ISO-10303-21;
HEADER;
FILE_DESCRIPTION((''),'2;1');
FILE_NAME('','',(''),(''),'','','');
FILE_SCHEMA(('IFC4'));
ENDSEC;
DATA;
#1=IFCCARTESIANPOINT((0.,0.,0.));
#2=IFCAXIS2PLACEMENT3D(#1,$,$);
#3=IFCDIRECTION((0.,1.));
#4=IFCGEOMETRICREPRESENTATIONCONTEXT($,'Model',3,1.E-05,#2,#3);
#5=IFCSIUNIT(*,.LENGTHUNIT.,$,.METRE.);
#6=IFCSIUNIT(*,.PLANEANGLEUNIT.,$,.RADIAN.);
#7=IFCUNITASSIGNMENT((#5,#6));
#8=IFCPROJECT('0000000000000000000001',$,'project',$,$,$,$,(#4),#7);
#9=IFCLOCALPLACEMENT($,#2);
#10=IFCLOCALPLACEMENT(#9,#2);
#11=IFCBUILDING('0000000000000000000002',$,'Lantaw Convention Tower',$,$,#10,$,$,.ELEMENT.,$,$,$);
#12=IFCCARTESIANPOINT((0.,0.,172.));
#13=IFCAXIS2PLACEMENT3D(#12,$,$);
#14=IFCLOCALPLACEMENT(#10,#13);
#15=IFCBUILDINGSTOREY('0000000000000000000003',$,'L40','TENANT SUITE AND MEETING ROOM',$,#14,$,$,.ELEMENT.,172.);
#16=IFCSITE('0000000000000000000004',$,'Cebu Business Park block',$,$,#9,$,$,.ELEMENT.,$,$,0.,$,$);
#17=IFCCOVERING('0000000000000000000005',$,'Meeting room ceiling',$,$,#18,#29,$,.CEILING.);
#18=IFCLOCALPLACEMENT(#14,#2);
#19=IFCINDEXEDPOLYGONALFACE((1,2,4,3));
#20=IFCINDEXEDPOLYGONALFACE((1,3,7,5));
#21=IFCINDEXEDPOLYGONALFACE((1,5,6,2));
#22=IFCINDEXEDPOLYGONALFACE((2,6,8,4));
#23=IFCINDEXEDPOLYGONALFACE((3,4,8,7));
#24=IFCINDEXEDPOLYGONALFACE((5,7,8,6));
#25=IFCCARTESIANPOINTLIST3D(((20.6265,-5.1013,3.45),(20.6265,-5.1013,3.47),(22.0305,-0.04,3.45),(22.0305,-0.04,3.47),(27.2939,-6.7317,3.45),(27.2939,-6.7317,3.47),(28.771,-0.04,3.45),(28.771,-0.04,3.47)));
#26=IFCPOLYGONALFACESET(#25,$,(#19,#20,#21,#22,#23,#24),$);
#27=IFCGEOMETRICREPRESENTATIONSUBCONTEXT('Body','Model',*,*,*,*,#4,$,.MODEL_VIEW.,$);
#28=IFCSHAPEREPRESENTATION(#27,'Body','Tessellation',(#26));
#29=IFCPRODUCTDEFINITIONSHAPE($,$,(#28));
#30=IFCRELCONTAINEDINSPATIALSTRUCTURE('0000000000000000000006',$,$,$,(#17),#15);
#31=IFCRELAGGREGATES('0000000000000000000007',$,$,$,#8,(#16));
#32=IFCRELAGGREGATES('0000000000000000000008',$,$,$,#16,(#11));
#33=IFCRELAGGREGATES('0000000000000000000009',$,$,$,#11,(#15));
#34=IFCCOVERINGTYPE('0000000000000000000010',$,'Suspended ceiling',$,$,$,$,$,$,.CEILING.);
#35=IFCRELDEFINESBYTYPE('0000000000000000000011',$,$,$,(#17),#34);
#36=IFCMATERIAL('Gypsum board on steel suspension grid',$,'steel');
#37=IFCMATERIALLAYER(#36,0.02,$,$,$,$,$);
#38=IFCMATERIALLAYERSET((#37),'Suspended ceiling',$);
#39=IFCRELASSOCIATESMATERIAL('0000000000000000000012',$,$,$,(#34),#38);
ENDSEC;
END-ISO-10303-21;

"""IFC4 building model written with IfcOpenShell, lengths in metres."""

from ifc_helpers import new_model, si_unit, direction, frame, origin, place, context, subcontext, project, spatial, polyline, outline, extrude, material, layer, layer_set, type_object, element, save


model = new_model("IFC4")

# Units and contexts
model_context = context("Model", 3, precision=1e-05, world=origin(), true_north=direction((0.0, 1.0)))
body_context = subcontext(model_context, "Body", "Model", "MODEL_VIEW")
ifc_project = project(units=[si_unit("LENGTHUNIT", "METRE"), si_unit("PLANEANGLEUNIT", "RADIAN")], contexts=[model_context])

# Site, building, storey
site_placement = place(None, origin())
site = spatial("IfcSite", under=ifc_project, at=site_placement, Name="Cebu Business Park block", CompositionType="ELEMENT", RefElevation=0.0)
building_placement = place(site_placement, origin())
building = spatial("IfcBuilding", under=site, at=building_placement, Name="Lantaw Convention Tower", CompositionType="ELEMENT")
storey_placement = place(building_placement, frame((0.0, 0.0, 172.0)))
storey = spatial("IfcBuildingStorey", under=building, at=storey_placement, Name="L40", Description="TENANT SUITE AND MEETING ROOM", CompositionType="ELEMENT", Elevation=172.0)

# Covering
ifc_material_1 = material(Name="Gypsum board on steel suspension grid", Category="steel")
ifc_layer_1 = layer(ifc_material_1, 0.02)
ifc_layer_set_1 = layer_set([ifc_layer_1], Name="Suspended ceiling")
covering_type = type_object("IfcCoveringType", Name="Suspended ceiling", PredefinedType="CEILING", material=ifc_layer_set_1)
covering_1_placement = place(storey_placement, frame((0.0, 0.0, 3.45)))
element("IfcCovering", 1, at=covering_1_placement, inside=storey, type_object=covering_type, Name="Meeting room ceiling", PredefinedType="CEILING", context=body_context, shape_type="SweptSolid", body=[
    extrude(outline(polyline([(20.6265, -5.1013), (27.2939, -6.7317), (28.771, -0.04), (22.0305, -0.04), (20.6265, -5.1013)])), origin(), (0.0, 0.0, 1.0), 0.02),
])

save(model, "model.ifc")
